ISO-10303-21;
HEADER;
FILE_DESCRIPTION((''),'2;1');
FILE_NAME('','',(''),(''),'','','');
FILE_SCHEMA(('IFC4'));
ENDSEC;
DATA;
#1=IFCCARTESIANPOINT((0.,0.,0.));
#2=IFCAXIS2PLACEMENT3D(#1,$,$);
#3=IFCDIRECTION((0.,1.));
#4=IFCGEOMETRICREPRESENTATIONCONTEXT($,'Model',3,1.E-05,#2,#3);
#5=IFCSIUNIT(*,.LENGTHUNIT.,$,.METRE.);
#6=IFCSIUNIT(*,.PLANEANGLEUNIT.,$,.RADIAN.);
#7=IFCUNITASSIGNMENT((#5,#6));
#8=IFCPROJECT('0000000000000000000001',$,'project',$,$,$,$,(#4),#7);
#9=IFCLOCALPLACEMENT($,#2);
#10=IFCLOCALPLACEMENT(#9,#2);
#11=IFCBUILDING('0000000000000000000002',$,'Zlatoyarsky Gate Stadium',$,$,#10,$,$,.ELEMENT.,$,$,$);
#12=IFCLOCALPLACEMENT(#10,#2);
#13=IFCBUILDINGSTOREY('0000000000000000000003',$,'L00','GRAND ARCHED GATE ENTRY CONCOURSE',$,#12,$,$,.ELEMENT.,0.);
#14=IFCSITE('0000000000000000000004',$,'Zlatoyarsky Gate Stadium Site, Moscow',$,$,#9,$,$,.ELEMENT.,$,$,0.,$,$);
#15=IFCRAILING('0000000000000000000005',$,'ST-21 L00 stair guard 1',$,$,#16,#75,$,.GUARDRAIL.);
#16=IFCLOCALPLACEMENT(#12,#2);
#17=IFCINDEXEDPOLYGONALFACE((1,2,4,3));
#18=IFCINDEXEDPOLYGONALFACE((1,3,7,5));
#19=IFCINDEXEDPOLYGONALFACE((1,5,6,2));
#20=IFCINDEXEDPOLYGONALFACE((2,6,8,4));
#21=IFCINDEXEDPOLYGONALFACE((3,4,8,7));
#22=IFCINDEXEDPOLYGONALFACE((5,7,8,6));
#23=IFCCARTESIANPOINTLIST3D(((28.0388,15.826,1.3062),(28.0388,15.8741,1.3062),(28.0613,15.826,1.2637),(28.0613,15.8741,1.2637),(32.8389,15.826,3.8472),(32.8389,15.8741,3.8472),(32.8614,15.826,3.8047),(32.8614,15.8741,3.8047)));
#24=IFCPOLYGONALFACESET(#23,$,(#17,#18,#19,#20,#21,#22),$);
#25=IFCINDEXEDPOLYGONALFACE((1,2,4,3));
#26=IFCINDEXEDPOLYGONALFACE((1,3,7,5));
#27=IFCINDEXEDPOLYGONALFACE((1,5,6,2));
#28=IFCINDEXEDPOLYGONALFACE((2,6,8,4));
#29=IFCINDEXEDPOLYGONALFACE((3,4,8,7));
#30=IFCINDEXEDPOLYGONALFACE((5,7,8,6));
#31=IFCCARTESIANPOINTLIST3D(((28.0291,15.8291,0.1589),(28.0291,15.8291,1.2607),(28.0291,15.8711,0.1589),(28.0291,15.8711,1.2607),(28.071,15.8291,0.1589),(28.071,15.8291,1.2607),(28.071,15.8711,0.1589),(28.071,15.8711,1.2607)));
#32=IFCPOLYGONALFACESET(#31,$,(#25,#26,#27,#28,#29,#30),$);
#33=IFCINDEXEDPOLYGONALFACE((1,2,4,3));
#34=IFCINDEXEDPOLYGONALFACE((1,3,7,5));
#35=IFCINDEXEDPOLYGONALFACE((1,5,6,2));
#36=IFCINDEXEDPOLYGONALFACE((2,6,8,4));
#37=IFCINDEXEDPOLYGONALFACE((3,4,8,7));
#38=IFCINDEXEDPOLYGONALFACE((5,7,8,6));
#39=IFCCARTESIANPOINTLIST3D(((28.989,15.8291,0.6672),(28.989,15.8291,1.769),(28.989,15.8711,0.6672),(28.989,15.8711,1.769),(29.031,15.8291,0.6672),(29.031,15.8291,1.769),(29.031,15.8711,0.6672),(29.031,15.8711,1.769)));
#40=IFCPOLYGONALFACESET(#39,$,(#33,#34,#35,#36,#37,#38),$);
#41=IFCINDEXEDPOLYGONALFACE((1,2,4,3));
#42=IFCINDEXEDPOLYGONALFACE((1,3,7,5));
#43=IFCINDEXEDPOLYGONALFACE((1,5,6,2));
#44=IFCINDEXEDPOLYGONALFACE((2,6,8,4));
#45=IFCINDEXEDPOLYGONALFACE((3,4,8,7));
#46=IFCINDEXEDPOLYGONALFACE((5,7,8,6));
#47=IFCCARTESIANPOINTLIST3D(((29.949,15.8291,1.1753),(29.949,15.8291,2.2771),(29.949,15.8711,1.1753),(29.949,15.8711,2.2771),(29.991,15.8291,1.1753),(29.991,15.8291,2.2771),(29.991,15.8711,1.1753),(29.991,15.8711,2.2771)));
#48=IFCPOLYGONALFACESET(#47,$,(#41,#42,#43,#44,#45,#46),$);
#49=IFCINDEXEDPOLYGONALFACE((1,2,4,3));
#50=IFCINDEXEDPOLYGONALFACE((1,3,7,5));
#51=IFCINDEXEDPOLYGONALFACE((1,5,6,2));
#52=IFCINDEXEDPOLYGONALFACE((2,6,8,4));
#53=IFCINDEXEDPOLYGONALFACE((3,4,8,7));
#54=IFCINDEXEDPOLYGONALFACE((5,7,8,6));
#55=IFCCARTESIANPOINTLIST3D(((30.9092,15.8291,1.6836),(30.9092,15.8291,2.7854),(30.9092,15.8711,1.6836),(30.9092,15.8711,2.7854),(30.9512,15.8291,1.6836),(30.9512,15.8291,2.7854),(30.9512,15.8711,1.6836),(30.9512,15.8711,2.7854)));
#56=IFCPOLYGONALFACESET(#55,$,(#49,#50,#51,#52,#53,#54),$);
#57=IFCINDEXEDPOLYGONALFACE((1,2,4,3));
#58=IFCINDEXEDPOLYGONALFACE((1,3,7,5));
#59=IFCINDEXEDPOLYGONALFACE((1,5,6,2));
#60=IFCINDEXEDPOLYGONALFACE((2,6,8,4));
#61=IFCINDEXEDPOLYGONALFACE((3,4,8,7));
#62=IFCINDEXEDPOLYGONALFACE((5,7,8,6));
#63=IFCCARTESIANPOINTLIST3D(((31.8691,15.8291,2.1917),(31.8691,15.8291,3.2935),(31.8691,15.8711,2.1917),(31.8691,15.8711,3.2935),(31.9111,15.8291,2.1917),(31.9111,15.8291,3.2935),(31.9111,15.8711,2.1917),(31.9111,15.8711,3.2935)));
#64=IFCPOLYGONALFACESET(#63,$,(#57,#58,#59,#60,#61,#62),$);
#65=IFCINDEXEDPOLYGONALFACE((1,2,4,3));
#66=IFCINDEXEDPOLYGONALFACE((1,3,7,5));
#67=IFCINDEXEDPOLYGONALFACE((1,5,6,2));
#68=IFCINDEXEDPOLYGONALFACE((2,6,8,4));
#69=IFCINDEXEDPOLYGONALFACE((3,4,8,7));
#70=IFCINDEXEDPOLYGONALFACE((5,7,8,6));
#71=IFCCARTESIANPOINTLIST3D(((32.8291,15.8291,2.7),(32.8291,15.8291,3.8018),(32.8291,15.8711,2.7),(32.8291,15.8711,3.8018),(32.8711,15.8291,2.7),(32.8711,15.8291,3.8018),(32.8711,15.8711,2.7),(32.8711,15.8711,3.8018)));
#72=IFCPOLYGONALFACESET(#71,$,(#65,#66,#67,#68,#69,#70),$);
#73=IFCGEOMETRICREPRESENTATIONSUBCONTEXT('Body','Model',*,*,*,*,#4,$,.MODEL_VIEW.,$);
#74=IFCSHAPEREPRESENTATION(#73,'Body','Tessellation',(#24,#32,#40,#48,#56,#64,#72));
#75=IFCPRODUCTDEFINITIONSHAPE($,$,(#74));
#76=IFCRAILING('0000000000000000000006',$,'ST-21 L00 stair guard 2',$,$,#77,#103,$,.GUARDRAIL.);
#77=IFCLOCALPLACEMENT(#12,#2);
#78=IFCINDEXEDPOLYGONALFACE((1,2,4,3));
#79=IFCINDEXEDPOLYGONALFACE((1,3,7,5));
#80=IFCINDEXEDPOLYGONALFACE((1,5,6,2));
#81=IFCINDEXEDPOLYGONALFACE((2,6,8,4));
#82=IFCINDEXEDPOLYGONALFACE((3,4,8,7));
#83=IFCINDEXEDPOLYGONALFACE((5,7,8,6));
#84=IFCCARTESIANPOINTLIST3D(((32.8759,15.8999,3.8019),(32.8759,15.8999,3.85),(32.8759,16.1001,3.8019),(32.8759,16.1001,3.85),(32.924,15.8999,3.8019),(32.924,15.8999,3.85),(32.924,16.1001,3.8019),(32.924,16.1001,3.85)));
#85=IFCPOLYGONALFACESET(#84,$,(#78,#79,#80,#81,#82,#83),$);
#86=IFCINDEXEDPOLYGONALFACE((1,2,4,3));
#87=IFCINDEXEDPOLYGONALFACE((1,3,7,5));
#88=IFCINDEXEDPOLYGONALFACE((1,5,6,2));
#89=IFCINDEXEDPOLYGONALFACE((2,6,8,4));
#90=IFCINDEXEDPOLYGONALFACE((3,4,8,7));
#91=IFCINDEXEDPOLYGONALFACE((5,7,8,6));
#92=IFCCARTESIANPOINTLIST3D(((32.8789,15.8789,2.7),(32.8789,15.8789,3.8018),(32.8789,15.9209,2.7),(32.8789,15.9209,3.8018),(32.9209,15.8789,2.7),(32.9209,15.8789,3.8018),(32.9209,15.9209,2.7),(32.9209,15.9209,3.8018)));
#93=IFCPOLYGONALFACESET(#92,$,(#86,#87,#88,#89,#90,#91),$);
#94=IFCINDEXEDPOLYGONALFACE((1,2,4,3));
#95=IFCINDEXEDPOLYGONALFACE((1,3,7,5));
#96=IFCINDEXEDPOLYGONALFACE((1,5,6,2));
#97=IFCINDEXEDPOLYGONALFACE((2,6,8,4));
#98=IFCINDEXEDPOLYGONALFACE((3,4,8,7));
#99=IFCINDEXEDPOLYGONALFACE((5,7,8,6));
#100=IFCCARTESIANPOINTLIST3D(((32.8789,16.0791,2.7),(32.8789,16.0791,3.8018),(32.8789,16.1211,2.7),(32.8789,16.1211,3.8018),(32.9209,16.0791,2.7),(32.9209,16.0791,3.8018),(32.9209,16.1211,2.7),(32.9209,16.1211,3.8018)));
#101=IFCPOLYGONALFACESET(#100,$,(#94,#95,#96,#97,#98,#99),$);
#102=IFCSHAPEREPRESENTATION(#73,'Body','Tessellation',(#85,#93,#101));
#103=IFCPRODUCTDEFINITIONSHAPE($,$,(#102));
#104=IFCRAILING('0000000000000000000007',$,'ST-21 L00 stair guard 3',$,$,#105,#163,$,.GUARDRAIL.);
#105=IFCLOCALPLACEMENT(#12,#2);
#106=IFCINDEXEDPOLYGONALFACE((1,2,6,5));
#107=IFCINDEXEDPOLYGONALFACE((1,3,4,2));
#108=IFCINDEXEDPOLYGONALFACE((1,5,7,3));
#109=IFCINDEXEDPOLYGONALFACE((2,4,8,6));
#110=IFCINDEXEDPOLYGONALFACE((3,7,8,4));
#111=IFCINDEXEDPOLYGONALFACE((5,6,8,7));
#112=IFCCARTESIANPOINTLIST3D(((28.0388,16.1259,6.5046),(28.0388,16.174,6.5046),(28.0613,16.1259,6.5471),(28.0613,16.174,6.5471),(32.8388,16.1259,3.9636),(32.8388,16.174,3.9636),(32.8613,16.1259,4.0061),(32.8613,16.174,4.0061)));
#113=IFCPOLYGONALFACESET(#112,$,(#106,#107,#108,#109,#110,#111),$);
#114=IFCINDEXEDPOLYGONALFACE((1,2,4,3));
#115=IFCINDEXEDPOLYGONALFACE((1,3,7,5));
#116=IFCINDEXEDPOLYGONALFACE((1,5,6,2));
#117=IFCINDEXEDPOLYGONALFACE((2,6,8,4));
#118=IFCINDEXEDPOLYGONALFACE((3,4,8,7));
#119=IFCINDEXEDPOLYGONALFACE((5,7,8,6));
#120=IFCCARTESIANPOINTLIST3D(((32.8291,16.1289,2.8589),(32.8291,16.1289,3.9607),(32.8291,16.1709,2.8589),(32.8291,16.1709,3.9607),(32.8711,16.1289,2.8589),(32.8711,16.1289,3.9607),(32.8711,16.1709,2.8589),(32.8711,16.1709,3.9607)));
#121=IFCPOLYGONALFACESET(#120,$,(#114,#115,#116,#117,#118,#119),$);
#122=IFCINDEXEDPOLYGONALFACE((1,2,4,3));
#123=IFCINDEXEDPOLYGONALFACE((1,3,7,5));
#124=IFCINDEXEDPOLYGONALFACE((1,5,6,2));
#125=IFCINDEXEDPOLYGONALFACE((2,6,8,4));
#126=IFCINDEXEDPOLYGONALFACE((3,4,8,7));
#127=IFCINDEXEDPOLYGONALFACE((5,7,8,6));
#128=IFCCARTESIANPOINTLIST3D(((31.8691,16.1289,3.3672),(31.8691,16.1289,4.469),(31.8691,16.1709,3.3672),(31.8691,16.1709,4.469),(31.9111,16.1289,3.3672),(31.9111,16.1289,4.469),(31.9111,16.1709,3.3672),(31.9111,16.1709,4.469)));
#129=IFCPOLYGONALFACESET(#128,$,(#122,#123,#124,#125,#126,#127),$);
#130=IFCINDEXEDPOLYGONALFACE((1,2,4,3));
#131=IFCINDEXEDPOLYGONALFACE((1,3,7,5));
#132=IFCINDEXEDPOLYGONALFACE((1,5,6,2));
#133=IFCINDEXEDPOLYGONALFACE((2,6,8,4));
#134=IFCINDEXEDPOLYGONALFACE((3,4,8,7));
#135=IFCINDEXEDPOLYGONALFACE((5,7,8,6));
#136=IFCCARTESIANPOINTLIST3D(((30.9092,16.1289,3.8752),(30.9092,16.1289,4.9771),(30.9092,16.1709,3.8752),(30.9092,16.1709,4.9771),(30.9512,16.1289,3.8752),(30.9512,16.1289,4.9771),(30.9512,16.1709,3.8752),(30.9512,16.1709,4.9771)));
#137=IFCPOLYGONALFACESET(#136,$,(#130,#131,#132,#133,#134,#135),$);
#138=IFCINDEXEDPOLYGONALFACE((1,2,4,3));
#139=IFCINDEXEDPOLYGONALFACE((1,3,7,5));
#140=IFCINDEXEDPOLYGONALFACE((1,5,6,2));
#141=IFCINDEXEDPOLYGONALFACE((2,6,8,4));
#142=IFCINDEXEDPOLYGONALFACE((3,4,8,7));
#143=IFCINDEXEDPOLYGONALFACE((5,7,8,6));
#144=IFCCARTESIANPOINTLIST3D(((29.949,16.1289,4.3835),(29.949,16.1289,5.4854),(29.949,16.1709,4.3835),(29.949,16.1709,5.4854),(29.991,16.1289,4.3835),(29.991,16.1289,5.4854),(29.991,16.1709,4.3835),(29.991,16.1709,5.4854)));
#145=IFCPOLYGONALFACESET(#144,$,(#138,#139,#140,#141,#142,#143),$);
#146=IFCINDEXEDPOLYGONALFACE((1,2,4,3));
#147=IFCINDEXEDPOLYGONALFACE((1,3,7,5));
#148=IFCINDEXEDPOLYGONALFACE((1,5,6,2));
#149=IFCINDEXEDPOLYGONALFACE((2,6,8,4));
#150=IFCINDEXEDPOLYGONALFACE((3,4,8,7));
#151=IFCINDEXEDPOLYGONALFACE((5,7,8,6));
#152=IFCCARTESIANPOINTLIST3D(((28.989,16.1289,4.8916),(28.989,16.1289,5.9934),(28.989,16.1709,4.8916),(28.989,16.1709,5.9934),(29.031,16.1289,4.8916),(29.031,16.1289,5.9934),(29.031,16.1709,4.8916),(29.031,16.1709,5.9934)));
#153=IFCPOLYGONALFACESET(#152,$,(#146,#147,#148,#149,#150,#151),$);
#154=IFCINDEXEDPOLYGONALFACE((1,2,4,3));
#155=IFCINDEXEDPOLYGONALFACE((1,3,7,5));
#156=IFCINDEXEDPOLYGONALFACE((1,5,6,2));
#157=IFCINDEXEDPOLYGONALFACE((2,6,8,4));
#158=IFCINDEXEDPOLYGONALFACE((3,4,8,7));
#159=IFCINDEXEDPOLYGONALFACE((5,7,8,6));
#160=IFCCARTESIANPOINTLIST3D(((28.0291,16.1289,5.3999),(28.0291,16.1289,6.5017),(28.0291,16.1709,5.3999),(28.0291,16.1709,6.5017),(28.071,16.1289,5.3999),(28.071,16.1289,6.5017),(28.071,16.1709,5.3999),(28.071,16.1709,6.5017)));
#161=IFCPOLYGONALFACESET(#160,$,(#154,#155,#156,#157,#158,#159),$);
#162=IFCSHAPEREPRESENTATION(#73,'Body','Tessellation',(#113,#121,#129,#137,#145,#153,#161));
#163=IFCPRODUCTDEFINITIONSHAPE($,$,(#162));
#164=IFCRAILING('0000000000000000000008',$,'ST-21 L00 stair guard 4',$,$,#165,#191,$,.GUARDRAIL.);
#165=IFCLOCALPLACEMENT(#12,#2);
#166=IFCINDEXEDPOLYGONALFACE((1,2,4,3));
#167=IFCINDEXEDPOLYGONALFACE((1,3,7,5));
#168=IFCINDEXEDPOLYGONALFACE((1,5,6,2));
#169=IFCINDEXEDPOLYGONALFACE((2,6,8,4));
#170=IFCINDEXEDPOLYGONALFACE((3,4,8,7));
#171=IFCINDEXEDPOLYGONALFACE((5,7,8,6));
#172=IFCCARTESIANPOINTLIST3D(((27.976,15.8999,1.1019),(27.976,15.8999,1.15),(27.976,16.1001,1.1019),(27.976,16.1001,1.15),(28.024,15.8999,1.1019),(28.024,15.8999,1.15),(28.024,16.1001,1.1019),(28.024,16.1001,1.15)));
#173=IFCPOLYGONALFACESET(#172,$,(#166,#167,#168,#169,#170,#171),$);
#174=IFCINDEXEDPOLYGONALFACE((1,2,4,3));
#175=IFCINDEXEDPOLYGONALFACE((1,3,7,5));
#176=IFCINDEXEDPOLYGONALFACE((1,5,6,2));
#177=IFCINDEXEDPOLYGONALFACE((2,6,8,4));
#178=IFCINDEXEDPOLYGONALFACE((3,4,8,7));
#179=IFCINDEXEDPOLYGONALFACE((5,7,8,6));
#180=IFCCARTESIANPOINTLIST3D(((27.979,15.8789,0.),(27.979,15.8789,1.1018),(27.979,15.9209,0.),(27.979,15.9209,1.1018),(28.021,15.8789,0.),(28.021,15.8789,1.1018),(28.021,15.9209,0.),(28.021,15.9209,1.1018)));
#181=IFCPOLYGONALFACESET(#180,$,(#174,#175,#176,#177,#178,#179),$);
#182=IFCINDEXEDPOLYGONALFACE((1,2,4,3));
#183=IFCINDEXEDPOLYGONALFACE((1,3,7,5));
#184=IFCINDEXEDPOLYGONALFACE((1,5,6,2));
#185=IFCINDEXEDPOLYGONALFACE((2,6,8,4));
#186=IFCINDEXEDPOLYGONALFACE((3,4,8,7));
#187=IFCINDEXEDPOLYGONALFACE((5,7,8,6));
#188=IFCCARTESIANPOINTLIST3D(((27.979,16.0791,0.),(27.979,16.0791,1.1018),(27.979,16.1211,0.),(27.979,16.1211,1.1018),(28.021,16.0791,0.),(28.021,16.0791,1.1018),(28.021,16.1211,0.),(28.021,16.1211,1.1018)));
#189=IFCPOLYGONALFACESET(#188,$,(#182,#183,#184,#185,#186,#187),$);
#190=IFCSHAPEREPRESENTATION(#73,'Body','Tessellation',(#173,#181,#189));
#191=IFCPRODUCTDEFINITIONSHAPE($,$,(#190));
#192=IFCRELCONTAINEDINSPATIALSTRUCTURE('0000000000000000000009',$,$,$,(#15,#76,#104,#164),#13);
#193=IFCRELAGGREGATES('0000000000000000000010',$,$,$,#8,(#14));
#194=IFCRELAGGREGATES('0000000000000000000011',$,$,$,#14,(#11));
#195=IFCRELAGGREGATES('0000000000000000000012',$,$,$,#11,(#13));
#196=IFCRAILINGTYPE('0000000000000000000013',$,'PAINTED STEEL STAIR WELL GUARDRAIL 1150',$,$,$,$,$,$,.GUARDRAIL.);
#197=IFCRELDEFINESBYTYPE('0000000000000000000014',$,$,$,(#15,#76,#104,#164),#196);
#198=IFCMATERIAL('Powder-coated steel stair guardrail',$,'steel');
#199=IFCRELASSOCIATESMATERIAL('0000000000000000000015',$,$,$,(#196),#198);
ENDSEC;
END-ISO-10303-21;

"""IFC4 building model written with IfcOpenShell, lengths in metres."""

from ifc_helpers import new_model, si_unit, direction, frame, origin, origin_2d, place, context, subcontext, project, spatial, rectangle, extrude, material, type_object, element, save


model = new_model("IFC4")

# Units and contexts
model_context = context("Model", 3, precision=1e-05, world=origin(), true_north=direction((0.0, 1.0)))
body_context = subcontext(model_context, "Body", "Model", "MODEL_VIEW")
ifc_project = project(units=[si_unit("LENGTHUNIT", "METRE"), si_unit("PLANEANGLEUNIT", "RADIAN")], contexts=[model_context])

# Site, building, storey
site_placement = place(None, origin())
site = spatial("IfcSite", under=ifc_project, at=site_placement, Name="Zlatoyarsky Gate Stadium Site, Moscow", CompositionType="ELEMENT", RefElevation=0.0)
building_placement = place(site_placement, origin())
building = spatial("IfcBuilding", under=site, at=building_placement, Name="Zlatoyarsky Gate Stadium", CompositionType="ELEMENT")
storey_placement = place(building_placement, origin())
storey = spatial("IfcBuildingStorey", under=building, at=storey_placement, Name="L00", Description="GRAND ARCHED GATE ENTRY CONCOURSE", CompositionType="ELEMENT", Elevation=0.0)

# Railings
ifc_material_1 = material(Name="Powder-coated steel stair guardrail", Category="steel")
railing_type_1 = type_object("IfcRailingType", Name="PAINTED STEEL STAIR WELL GUARDRAIL 1150", PredefinedType="GUARDRAIL", material=ifc_material_1)
railing_1_placement = place(storey_placement, frame((28.05, 15.8501, 0.1589)))
element("IfcRailing", 1, at=railing_1_placement, inside=storey, type_object=railing_type_1, Name="ST-21 L00 stair guard 1", PredefinedType="GUARDRAIL", context=body_context, shape_type="SweptSolid", body=[
    extrude(rectangle(XDim=0.0481, YDim=0.0481, at=origin_2d()), frame((0.0, 0.0, 1.126), z_axis=(0.883802, 0.0, 0.467861), x_axis=(0.0, 1.0, 0.0)), (0.0, 0.0, 1.0), 5.4312),
    extrude(rectangle(XDim=0.042, YDim=0.042, at=origin_2d()), origin(), (0.0, 0.0, 1.0), 1.1018),
    extrude(rectangle(XDim=0.042, YDim=0.042, at=origin_2d()), frame((0.96, 0.0, 0.5083)), (0.0, 0.0, 1.0), 1.1018),
    extrude(rectangle(XDim=0.042, YDim=0.042, at=origin_2d()), frame((1.9199, 0.0, 1.0164)), (0.0, 0.0, 1.0), 1.1018),
    extrude(rectangle(XDim=0.042, YDim=0.042, at=origin_2d()), frame((2.8801, 0.0, 1.5247)), (0.0, 0.0, 1.0), 1.1018),
    extrude(rectangle(XDim=0.042, YDim=0.042, at=origin_2d()), frame((3.8401, 0.0, 2.0327)), (0.0, 0.0, 1.0), 1.1018),
    extrude(rectangle(XDim=0.042, YDim=0.042, at=origin_2d()), frame((4.8, 0.0, 2.541)), (0.0, 0.0, 1.0), 1.1018),
])
railing_2_placement = place(storey_placement, frame((32.8999, 15.8999, 2.7)))
element("IfcRailing", 2, at=railing_2_placement, inside=storey, type_object=railing_type_1, Name="ST-21 L00 stair guard 2", PredefinedType="GUARDRAIL", context=body_context, shape_type="SweptSolid", body=[
    extrude(rectangle(XDim=0.0481, YDim=0.0481, at=origin_2d()), frame((0.0, 0.0, 1.126), z_axis=(0.0, 1.0, 0.0), x_axis=(-1.0, 0.0, 0.0)), (0.0, 0.0, 1.0), 0.2002),
    extrude(rectangle(XDim=0.042, YDim=0.042, at=origin_2d()), origin(), (0.0, 0.0, 1.0), 1.1018),
    extrude(rectangle(XDim=0.042, YDim=0.042, at=origin_2d()), frame((0.0, 0.2002, 0.0)), (0.0, 0.0, 1.0), 1.1018),
])
railing_3_placement = place(storey_placement, frame((32.8501, 16.1499, 2.8589)))
element("IfcRailing", 3, at=railing_3_placement, inside=storey, type_object=railing_type_1, Name="ST-21 L00 stair guard 3", PredefinedType="GUARDRAIL", context=body_context, shape_type="SweptSolid", body=[
    extrude(rectangle(XDim=0.0481, YDim=0.0481, at=origin_2d()), frame((0.0, 0.0, 1.126), z_axis=(-0.883802, 0.0, 0.467861), x_axis=(0.0, -1.0, 0.0)), (0.0, 0.0, 1.0), 5.4312),
    extrude(rectangle(XDim=0.042, YDim=0.042, at=origin_2d()), origin(), (0.0, 0.0, 1.0), 1.1018),
    extrude(rectangle(XDim=0.042, YDim=0.042, at=origin_2d()), frame((-0.96, 0.0, 0.5083)), (0.0, 0.0, 1.0), 1.1018),
    extrude(rectangle(XDim=0.042, YDim=0.042, at=origin_2d()), frame((-1.9199, 0.0, 1.0164)), (0.0, 0.0, 1.0), 1.1018),
    extrude(rectangle(XDim=0.042, YDim=0.042, at=origin_2d()), frame((-2.8801, 0.0, 1.5247)), (0.0, 0.0, 1.0), 1.1018),
    extrude(rectangle(XDim=0.042, YDim=0.042, at=origin_2d()), frame((-3.8401, 0.0, 2.0327)), (0.0, 0.0, 1.0), 1.1018),
    extrude(rectangle(XDim=0.042, YDim=0.042, at=origin_2d()), frame((-4.8, 0.0, 2.541)), (0.0, 0.0, 1.0), 1.1018),
])
railing_4_placement = place(storey_placement, frame((28.0, 15.8999, 0.0)))
element("IfcRailing", 4, at=railing_4_placement, inside=storey, type_object=railing_type_1, Name="ST-21 L00 stair guard 4", PredefinedType="GUARDRAIL", context=body_context, shape_type="SweptSolid", body=[
    extrude(rectangle(XDim=0.0481, YDim=0.0481, at=origin_2d()), frame((0.0, 0.0, 1.126), z_axis=(0.0, 1.0, 0.0), x_axis=(-1.0, 0.0, 0.0)), (0.0, 0.0, 1.0), 0.2002),
    extrude(rectangle(XDim=0.042, YDim=0.042, at=origin_2d()), origin(), (0.0, 0.0, 1.0), 1.1018),
    extrude(rectangle(XDim=0.042, YDim=0.042, at=origin_2d()), frame((0.0, 0.2002, 0.0)), (0.0, 0.0, 1.0), 1.1018),
])

save(model, "model.ifc")
